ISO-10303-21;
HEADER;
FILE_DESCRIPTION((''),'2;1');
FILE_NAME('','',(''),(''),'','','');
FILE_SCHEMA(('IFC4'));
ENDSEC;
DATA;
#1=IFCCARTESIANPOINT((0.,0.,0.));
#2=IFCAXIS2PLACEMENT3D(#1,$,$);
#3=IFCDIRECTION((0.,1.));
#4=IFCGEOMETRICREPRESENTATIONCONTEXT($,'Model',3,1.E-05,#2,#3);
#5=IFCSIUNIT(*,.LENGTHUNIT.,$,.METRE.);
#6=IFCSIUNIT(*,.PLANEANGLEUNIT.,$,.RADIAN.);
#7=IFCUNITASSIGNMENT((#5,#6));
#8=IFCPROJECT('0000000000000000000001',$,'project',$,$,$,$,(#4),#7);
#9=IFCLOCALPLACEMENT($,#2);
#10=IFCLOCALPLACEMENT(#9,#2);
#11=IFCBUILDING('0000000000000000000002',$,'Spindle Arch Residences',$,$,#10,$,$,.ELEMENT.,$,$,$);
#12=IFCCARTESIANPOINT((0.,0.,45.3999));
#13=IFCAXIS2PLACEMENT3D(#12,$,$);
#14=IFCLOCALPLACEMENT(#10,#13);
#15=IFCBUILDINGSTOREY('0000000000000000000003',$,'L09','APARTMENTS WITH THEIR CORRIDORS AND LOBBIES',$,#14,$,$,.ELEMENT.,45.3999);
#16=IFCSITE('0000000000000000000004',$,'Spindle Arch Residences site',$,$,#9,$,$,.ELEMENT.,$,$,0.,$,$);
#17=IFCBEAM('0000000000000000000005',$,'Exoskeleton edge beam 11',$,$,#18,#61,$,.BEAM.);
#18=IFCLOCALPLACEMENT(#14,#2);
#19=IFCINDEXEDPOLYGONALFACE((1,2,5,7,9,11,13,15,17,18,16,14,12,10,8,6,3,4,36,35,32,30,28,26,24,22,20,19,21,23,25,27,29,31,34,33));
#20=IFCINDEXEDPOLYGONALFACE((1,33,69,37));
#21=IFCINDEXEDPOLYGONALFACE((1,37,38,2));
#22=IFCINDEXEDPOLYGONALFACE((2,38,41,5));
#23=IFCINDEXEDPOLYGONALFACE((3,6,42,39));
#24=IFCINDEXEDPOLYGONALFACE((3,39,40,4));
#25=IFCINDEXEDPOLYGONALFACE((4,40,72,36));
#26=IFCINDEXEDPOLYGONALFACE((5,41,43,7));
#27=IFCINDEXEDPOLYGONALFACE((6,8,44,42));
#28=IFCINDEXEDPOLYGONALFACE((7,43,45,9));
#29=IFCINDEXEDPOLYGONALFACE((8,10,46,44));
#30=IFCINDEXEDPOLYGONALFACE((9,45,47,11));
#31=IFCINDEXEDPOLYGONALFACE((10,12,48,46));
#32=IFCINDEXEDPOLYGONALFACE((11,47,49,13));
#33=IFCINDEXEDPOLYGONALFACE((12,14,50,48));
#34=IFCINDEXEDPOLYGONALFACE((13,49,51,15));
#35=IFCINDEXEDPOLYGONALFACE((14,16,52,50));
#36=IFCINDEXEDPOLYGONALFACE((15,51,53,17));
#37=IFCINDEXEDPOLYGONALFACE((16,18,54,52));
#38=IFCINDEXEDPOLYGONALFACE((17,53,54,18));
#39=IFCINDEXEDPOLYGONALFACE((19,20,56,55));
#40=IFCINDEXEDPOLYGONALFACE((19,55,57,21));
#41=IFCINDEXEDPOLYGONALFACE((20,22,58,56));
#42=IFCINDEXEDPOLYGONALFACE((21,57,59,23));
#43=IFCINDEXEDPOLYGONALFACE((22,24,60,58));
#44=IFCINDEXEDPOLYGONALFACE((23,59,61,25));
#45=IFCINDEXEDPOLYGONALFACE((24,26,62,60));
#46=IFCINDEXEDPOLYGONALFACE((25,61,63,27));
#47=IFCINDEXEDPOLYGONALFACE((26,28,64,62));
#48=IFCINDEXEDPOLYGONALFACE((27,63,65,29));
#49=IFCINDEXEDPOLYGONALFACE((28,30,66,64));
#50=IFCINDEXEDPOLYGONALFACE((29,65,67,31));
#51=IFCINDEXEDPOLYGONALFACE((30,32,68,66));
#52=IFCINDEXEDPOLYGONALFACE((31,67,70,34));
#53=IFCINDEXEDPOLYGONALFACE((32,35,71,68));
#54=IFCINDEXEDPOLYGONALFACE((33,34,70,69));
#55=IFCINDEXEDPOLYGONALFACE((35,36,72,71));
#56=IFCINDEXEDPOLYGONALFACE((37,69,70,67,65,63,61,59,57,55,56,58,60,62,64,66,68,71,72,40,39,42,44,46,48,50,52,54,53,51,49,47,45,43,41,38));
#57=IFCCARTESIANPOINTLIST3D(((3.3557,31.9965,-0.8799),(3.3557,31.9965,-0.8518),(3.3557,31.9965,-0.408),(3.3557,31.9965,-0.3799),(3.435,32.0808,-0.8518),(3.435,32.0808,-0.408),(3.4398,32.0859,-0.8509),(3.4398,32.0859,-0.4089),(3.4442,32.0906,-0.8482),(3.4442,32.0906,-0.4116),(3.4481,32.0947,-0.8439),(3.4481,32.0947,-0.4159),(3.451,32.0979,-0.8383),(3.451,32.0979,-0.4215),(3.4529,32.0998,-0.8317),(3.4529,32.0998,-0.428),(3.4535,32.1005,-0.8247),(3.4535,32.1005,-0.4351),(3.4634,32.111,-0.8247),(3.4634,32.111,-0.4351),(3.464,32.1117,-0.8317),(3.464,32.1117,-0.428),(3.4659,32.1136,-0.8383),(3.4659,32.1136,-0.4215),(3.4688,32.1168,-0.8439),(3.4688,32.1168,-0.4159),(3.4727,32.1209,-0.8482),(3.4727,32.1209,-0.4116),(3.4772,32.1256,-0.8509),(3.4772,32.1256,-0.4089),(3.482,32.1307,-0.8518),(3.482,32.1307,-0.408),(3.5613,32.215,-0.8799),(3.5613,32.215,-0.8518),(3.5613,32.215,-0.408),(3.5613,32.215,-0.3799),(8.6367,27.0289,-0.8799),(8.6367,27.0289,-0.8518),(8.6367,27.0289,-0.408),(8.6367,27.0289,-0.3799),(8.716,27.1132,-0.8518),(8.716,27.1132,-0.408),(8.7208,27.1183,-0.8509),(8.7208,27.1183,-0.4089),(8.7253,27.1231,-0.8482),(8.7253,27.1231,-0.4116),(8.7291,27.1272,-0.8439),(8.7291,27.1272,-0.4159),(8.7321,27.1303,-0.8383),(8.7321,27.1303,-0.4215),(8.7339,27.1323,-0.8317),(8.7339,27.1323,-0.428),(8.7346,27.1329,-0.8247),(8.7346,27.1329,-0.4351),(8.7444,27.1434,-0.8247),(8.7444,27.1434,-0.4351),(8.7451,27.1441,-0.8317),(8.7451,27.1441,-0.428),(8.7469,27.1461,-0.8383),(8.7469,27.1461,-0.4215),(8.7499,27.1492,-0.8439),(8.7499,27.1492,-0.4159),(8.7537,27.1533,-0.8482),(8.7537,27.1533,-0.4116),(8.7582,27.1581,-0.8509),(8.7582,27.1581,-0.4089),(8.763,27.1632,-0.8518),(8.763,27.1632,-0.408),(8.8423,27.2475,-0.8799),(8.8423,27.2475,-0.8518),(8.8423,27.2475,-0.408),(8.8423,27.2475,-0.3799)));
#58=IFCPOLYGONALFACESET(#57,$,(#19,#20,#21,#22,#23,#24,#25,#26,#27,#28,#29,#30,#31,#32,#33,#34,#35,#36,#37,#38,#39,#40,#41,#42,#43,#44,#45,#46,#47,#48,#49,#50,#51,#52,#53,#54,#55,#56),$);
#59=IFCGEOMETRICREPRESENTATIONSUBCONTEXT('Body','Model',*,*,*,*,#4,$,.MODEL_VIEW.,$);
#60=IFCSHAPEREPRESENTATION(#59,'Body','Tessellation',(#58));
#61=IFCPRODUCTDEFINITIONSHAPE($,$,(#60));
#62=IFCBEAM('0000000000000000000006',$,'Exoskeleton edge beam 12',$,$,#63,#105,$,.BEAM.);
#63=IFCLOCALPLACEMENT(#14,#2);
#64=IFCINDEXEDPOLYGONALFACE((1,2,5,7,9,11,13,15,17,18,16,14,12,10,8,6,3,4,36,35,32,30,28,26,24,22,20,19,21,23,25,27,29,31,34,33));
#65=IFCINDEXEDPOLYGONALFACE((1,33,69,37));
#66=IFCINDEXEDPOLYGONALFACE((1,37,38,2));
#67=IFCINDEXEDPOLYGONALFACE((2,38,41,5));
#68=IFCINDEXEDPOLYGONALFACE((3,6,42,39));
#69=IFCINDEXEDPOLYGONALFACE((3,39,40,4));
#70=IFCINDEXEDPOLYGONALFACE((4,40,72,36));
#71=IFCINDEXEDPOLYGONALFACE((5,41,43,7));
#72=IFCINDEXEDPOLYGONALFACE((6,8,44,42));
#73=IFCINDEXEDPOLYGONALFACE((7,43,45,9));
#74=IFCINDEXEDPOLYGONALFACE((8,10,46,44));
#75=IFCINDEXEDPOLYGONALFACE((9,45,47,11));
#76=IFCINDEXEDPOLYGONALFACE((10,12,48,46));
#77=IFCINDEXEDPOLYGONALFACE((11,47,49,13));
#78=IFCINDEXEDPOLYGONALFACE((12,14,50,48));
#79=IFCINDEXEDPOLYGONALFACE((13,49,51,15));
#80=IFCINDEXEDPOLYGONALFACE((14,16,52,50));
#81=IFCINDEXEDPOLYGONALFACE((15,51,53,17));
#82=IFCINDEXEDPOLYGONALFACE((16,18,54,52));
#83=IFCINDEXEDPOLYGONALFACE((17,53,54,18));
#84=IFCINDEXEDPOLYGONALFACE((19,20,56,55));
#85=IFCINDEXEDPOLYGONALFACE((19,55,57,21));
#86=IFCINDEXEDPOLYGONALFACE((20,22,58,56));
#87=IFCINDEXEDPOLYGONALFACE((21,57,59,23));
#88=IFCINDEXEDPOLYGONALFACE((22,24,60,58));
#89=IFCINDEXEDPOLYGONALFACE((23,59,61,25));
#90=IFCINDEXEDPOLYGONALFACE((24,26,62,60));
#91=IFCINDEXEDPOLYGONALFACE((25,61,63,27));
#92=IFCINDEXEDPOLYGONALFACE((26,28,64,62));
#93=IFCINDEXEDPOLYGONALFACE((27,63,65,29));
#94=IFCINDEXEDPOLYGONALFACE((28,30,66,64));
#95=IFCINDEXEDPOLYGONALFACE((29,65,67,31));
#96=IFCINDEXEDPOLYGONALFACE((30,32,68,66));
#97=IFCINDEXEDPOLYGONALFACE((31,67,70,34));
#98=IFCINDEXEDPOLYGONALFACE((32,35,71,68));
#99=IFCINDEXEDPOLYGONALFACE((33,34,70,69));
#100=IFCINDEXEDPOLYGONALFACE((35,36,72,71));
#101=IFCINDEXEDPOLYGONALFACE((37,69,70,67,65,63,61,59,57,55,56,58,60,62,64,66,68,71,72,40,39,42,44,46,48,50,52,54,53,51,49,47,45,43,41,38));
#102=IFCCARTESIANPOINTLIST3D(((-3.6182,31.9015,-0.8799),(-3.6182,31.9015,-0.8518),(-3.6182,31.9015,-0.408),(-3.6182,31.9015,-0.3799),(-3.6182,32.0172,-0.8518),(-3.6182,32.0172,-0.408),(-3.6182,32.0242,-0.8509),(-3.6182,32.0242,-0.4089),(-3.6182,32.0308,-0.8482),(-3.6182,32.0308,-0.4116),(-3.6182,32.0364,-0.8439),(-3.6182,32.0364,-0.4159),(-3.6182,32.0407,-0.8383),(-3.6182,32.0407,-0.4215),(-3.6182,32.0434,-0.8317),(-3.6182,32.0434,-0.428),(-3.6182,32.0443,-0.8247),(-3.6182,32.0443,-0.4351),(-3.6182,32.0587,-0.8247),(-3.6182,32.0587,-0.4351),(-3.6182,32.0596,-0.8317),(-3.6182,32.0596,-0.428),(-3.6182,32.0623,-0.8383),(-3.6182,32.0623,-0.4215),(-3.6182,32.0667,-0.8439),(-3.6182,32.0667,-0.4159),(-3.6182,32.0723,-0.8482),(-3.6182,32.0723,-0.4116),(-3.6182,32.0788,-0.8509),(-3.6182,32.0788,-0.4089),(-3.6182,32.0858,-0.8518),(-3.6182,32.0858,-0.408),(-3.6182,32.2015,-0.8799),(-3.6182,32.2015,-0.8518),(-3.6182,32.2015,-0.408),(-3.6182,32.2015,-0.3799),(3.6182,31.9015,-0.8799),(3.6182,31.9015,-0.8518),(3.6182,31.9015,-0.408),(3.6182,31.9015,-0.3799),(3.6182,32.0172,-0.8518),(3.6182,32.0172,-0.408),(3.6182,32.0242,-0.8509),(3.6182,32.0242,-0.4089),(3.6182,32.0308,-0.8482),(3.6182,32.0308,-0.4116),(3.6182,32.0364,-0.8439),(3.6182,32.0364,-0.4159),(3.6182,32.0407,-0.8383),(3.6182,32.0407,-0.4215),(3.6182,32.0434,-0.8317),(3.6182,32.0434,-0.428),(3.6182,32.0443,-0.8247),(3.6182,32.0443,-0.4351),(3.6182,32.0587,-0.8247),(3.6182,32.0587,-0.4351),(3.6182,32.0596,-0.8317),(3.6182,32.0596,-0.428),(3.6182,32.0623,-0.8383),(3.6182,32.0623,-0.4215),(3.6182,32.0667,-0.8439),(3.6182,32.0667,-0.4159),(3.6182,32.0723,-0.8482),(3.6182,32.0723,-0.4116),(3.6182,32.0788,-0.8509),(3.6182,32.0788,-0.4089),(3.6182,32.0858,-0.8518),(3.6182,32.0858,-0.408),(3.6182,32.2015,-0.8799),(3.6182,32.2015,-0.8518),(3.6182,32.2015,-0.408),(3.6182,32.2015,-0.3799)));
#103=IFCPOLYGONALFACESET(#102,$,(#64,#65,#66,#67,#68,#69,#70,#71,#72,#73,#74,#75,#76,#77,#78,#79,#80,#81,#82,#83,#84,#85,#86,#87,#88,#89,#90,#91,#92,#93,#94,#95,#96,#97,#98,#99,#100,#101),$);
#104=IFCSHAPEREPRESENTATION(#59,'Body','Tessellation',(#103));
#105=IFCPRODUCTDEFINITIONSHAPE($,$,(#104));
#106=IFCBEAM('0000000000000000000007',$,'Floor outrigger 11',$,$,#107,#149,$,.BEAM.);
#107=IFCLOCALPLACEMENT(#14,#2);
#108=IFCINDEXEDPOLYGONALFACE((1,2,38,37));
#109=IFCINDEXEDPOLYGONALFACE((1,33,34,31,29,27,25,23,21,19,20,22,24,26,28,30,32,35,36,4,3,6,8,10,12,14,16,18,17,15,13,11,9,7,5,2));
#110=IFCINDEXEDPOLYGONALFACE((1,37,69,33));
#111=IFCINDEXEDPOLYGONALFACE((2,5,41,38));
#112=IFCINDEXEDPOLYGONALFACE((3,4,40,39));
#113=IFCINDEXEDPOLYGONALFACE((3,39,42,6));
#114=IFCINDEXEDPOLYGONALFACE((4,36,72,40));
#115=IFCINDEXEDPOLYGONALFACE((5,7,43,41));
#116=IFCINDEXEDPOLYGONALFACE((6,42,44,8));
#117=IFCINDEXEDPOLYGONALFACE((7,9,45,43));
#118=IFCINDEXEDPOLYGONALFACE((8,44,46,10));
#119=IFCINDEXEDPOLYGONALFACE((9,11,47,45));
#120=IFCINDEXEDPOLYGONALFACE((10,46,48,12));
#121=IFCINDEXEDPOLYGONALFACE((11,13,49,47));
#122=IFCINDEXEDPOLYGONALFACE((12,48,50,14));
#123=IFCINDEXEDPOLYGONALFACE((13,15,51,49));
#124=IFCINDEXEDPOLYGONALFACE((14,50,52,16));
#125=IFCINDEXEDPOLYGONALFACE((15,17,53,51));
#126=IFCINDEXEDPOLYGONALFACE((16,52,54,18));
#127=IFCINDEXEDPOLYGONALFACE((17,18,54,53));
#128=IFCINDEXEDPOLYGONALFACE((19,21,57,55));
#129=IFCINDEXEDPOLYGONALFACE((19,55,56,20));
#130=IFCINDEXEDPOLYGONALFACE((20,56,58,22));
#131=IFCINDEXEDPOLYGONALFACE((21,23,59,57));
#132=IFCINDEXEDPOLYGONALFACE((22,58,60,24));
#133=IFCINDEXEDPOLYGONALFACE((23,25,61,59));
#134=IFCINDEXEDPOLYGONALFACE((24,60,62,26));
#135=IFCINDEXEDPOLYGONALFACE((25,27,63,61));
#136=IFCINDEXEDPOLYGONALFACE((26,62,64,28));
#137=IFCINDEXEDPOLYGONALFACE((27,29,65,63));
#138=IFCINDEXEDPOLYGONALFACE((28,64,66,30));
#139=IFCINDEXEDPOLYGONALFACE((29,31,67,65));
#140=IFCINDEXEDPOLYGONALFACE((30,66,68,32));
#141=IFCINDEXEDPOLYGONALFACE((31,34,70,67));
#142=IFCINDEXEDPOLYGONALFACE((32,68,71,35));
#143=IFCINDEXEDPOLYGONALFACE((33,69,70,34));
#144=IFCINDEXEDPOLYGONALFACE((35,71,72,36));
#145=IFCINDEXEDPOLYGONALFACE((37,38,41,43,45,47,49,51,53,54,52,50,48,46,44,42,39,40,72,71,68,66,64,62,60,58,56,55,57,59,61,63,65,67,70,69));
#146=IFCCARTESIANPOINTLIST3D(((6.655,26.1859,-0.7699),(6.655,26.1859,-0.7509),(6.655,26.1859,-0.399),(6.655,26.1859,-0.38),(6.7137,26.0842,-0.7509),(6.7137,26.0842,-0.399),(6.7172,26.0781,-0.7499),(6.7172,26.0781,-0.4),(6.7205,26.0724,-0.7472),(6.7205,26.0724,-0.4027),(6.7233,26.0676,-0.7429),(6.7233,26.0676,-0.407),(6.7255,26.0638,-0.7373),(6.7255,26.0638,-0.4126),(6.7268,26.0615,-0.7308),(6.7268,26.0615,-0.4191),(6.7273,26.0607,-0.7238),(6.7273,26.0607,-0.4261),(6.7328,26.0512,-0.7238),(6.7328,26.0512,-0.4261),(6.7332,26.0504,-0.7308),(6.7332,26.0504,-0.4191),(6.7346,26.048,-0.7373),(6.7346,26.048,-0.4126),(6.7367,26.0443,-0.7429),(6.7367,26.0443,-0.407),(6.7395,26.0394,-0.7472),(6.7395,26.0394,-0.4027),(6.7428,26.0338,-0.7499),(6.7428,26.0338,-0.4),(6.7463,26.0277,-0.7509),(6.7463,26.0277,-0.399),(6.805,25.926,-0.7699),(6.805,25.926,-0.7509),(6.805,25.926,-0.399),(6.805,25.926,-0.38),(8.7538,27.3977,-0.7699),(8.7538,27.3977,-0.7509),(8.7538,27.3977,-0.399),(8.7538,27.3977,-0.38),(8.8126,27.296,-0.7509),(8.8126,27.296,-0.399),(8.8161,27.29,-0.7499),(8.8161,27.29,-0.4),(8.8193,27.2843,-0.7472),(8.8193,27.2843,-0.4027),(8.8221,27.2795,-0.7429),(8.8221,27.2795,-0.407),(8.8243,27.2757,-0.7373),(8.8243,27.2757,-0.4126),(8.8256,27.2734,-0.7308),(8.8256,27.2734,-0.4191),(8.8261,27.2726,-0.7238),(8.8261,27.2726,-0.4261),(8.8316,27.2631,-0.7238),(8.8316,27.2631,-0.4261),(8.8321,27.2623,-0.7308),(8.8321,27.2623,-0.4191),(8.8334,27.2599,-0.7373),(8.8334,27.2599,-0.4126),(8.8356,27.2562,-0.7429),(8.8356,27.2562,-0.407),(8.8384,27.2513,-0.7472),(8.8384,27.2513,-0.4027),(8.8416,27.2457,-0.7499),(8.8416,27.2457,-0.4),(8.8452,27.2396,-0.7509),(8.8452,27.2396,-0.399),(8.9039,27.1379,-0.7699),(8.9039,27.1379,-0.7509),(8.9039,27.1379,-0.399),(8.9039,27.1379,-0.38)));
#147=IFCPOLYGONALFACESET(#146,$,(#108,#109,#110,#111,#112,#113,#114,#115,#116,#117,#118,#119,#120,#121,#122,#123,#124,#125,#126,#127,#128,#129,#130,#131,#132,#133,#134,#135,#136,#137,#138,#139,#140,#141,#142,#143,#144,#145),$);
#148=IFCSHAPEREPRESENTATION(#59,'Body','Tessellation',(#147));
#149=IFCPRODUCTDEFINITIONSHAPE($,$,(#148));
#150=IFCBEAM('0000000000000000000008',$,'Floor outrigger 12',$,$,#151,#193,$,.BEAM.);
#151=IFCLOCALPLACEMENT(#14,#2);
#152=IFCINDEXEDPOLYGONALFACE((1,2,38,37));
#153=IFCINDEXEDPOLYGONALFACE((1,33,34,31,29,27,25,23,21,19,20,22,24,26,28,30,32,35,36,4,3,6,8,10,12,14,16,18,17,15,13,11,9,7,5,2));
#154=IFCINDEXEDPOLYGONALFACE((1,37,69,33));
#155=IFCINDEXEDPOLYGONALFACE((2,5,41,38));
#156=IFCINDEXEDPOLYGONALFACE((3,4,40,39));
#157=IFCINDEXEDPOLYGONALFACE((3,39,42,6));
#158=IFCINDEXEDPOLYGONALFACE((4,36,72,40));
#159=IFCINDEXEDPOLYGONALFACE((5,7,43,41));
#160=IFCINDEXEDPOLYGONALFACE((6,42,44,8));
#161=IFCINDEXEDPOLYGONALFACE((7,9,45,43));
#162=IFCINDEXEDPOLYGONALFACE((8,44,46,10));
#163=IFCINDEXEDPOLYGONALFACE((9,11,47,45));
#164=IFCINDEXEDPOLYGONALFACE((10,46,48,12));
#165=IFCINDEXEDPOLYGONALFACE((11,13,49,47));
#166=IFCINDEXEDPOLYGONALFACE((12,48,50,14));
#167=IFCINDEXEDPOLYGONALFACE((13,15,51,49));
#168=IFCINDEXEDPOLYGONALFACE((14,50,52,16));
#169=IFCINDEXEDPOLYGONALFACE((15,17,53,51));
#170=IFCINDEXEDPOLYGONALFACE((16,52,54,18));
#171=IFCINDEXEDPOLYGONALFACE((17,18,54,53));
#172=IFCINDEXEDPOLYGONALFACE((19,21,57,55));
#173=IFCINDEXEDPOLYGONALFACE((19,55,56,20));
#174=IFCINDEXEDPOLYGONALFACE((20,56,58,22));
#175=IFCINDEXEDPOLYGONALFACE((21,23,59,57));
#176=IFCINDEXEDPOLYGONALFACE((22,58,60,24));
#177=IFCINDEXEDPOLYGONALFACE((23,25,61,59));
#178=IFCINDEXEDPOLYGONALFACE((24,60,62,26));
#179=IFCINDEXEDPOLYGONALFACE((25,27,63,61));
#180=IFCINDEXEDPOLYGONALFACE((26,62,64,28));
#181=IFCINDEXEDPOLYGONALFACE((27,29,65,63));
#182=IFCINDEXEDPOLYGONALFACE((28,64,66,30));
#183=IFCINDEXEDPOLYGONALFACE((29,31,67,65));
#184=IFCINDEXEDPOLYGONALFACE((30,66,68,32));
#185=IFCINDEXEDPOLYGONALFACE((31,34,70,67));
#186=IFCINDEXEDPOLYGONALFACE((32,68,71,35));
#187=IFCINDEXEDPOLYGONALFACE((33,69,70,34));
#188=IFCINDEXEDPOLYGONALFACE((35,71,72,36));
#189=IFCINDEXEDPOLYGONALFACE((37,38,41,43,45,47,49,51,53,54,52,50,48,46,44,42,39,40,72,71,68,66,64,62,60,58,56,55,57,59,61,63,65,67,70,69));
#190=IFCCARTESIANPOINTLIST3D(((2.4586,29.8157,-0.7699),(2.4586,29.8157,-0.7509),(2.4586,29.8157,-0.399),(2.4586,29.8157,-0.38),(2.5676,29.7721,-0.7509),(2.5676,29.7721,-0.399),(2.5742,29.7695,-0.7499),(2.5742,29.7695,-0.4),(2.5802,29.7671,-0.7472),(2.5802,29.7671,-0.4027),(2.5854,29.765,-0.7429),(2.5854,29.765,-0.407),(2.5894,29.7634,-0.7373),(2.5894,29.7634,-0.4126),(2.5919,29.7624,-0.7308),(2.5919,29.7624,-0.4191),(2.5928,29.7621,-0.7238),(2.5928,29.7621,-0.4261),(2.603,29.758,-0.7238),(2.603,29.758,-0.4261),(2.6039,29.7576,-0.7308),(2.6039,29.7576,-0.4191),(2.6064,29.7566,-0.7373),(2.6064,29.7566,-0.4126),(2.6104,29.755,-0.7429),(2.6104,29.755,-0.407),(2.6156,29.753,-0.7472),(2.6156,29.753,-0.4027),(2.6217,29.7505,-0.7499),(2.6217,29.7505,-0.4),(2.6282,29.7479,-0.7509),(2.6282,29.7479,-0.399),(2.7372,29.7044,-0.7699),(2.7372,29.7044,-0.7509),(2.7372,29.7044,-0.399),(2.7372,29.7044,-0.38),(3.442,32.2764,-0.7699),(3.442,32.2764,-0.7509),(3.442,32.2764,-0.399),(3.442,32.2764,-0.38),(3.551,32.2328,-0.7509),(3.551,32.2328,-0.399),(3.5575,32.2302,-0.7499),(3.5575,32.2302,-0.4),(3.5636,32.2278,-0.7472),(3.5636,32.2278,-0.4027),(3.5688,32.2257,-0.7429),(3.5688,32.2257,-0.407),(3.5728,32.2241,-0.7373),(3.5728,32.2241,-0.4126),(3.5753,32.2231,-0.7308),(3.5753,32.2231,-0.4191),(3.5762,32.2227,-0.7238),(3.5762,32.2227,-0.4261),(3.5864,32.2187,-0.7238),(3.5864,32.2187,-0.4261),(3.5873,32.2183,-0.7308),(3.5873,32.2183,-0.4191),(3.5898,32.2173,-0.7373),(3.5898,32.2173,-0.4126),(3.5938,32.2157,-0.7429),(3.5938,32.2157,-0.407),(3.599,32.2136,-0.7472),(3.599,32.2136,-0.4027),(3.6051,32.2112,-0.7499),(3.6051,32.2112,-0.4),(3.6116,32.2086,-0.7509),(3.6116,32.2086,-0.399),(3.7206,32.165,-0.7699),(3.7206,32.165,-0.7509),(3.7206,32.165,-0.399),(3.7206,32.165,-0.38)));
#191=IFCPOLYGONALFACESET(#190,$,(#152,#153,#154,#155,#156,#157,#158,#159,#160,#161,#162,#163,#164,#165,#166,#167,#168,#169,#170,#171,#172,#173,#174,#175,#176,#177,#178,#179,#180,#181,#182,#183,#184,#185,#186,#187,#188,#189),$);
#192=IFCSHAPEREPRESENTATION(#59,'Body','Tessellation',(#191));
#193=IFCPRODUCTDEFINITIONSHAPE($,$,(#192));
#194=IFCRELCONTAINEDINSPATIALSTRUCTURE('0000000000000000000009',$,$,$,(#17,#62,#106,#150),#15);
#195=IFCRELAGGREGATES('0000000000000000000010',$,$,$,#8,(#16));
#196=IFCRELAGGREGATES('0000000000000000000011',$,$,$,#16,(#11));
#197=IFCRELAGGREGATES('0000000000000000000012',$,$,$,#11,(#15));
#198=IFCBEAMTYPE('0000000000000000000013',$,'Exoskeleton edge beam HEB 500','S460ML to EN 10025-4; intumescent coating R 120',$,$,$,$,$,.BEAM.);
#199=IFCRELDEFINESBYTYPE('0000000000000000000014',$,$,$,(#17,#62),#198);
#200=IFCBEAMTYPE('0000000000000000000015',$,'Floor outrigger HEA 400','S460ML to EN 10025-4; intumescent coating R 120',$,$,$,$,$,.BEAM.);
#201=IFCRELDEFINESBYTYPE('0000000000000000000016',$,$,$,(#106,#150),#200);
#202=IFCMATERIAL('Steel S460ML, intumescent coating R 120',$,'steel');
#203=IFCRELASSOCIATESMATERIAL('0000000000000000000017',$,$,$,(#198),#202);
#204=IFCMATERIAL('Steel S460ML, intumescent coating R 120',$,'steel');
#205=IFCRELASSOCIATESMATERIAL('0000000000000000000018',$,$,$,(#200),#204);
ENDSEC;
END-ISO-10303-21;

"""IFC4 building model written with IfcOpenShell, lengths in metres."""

from ifc_helpers import new_model, si_unit, direction, frame, origin, origin_2d, place, context, subcontext, project, spatial, i_section, extrude, material, material_profile, profile_set, type_object, element, save


model = new_model("IFC4")

# Units and contexts
model_context = context("Model", 3, precision=1e-05, world=origin(), true_north=direction((0.0, 1.0)))
body_context = subcontext(model_context, "Body", "Model", "MODEL_VIEW")
ifc_project = project(units=[si_unit("LENGTHUNIT", "METRE"), si_unit("PLANEANGLEUNIT", "RADIAN")], contexts=[model_context])

# Site, building, storey
site_placement = place(None, origin())
site = spatial("IfcSite", under=ifc_project, at=site_placement, Name="Spindle Arch Residences site", CompositionType="ELEMENT", RefElevation=0.0)
building_placement = place(site_placement, origin())
building = spatial("IfcBuilding", under=site, at=building_placement, Name="Spindle Arch Residences", CompositionType="ELEMENT")
storey_placement = place(building_placement, frame((0.0, 0.0, 45.3999)))
storey = spatial("IfcBuildingStorey", under=building, at=storey_placement, Name="L09", Description="APARTMENTS WITH THEIR CORRIDORS AND LOBBIES", CompositionType="ELEMENT", Elevation=45.3999)

# Beams
ifc_material_1 = material(Name="Steel S460ML, intumescent coating R 120", Category="steel")
ifc_material_profile_1 = material_profile(ifc_material_1, i_section(OverallWidth=0.3, OverallDepth=0.5, WebThickness=0.0144, FlangeThickness=0.0281, FilletRadius=0.0271, at=origin_2d()), Name="HEB 500")
ifc_profile_set_1 = profile_set([ifc_material_profile_1], Name="Steel S460ML, intumescent coating R 120")
beam_type_1 = type_object("IfcBeamType", Name="Exoskeleton edge beam HEB 500", Description="S460ML to EN 10025-4; intumescent coating R 120", PredefinedType="BEAM", material=ifc_profile_set_1)
beam_1_placement = place(storey_placement, frame((8.7395, 27.1382, -0.6299), z_axis=(-0.728395, 0.685158, 0.0), x_axis=(-0.685158, -0.728395, 0.0)))
element("IfcBeam", 1, at=beam_1_placement, inside=storey, type_object=beam_type_1, Name="Exoskeleton edge beam 11", PredefinedType="BEAM", context=body_context, shape_type="SweptSolid", body=[
    extrude(i_section(OverallWidth=0.3, OverallDepth=0.5, WebThickness=0.0144, FlangeThickness=0.0281, FilletRadius=0.0271, at=origin_2d()), origin(), (0.0, 0.0, 1.0), 7.2502),
])
beam_2_placement = place(storey_placement, frame((3.6182, 32.0515, -0.6299), z_axis=(-1.0, 0.0, 0.0), x_axis=(0.0, -1.0, 0.0)))
element("IfcBeam", 2, at=beam_2_placement, inside=storey, type_object=beam_type_1, Name="Exoskeleton edge beam 12", PredefinedType="BEAM", context=body_context, shape_type="SweptSolid", body=[
    extrude(i_section(OverallWidth=0.3, OverallDepth=0.5, WebThickness=0.0144, FlangeThickness=0.0281, FilletRadius=0.0271, at=origin_2d()), origin(), (0.0, 0.0, 1.0), 7.2363),
])
ifc_material_2 = material(Name="Steel S460ML, intumescent coating R 120", Category="steel")
ifc_material_profile_2 = material_profile(ifc_material_2, i_section(OverallWidth=0.3, OverallDepth=0.3899, WebThickness=0.011, FlangeThickness=0.019, FilletRadius=0.0271, at=origin_2d()), Name="HEA 400")
ifc_profile_set_2 = profile_set([ifc_material_profile_2], Name="Steel S460ML, intumescent coating R 120")
beam_type_2 = type_object("IfcBeamType", Name="Floor outrigger HEA 400", Description="S460ML to EN 10025-4; intumescent coating R 120", PredefinedType="BEAM", material=ifc_profile_set_2)
beam_3_placement = place(storey_placement, frame((8.8289, 27.2678, -0.575), z_axis=(-0.866003, -0.500039, 0.0), x_axis=(0.500039, -0.866003, 0.0)))
element("IfcBeam", 3, at=beam_3_placement, inside=storey, type_object=beam_type_2, Name="Floor outrigger 11", PredefinedType="BEAM", context=body_context, shape_type="SweptSolid", body=[
    extrude(i_section(OverallWidth=0.3, OverallDepth=0.3899, WebThickness=0.011, FlangeThickness=0.019, FilletRadius=0.0271, at=origin_2d()), origin(), (0.0, 0.0, 1.0), 2.4236),
])
beam_4_placement = place(storey_placement, frame((3.5813, 32.2207, -0.575), z_axis=(-0.371105, -0.928591, 0.0), x_axis=(0.928591, -0.371105, 0.0)))
element("IfcBeam", 4, at=beam_4_placement, inside=storey, type_object=beam_type_2, Name="Floor outrigger 12", PredefinedType="BEAM", context=body_context, shape_type="SweptSolid", body=[
    extrude(i_section(OverallWidth=0.3, OverallDepth=0.3899, WebThickness=0.011, FlangeThickness=0.019, FilletRadius=0.0271, at=origin_2d()), origin(), (0.0, 0.0, 1.0), 2.6499),
])

save(model, "model.ifc")
